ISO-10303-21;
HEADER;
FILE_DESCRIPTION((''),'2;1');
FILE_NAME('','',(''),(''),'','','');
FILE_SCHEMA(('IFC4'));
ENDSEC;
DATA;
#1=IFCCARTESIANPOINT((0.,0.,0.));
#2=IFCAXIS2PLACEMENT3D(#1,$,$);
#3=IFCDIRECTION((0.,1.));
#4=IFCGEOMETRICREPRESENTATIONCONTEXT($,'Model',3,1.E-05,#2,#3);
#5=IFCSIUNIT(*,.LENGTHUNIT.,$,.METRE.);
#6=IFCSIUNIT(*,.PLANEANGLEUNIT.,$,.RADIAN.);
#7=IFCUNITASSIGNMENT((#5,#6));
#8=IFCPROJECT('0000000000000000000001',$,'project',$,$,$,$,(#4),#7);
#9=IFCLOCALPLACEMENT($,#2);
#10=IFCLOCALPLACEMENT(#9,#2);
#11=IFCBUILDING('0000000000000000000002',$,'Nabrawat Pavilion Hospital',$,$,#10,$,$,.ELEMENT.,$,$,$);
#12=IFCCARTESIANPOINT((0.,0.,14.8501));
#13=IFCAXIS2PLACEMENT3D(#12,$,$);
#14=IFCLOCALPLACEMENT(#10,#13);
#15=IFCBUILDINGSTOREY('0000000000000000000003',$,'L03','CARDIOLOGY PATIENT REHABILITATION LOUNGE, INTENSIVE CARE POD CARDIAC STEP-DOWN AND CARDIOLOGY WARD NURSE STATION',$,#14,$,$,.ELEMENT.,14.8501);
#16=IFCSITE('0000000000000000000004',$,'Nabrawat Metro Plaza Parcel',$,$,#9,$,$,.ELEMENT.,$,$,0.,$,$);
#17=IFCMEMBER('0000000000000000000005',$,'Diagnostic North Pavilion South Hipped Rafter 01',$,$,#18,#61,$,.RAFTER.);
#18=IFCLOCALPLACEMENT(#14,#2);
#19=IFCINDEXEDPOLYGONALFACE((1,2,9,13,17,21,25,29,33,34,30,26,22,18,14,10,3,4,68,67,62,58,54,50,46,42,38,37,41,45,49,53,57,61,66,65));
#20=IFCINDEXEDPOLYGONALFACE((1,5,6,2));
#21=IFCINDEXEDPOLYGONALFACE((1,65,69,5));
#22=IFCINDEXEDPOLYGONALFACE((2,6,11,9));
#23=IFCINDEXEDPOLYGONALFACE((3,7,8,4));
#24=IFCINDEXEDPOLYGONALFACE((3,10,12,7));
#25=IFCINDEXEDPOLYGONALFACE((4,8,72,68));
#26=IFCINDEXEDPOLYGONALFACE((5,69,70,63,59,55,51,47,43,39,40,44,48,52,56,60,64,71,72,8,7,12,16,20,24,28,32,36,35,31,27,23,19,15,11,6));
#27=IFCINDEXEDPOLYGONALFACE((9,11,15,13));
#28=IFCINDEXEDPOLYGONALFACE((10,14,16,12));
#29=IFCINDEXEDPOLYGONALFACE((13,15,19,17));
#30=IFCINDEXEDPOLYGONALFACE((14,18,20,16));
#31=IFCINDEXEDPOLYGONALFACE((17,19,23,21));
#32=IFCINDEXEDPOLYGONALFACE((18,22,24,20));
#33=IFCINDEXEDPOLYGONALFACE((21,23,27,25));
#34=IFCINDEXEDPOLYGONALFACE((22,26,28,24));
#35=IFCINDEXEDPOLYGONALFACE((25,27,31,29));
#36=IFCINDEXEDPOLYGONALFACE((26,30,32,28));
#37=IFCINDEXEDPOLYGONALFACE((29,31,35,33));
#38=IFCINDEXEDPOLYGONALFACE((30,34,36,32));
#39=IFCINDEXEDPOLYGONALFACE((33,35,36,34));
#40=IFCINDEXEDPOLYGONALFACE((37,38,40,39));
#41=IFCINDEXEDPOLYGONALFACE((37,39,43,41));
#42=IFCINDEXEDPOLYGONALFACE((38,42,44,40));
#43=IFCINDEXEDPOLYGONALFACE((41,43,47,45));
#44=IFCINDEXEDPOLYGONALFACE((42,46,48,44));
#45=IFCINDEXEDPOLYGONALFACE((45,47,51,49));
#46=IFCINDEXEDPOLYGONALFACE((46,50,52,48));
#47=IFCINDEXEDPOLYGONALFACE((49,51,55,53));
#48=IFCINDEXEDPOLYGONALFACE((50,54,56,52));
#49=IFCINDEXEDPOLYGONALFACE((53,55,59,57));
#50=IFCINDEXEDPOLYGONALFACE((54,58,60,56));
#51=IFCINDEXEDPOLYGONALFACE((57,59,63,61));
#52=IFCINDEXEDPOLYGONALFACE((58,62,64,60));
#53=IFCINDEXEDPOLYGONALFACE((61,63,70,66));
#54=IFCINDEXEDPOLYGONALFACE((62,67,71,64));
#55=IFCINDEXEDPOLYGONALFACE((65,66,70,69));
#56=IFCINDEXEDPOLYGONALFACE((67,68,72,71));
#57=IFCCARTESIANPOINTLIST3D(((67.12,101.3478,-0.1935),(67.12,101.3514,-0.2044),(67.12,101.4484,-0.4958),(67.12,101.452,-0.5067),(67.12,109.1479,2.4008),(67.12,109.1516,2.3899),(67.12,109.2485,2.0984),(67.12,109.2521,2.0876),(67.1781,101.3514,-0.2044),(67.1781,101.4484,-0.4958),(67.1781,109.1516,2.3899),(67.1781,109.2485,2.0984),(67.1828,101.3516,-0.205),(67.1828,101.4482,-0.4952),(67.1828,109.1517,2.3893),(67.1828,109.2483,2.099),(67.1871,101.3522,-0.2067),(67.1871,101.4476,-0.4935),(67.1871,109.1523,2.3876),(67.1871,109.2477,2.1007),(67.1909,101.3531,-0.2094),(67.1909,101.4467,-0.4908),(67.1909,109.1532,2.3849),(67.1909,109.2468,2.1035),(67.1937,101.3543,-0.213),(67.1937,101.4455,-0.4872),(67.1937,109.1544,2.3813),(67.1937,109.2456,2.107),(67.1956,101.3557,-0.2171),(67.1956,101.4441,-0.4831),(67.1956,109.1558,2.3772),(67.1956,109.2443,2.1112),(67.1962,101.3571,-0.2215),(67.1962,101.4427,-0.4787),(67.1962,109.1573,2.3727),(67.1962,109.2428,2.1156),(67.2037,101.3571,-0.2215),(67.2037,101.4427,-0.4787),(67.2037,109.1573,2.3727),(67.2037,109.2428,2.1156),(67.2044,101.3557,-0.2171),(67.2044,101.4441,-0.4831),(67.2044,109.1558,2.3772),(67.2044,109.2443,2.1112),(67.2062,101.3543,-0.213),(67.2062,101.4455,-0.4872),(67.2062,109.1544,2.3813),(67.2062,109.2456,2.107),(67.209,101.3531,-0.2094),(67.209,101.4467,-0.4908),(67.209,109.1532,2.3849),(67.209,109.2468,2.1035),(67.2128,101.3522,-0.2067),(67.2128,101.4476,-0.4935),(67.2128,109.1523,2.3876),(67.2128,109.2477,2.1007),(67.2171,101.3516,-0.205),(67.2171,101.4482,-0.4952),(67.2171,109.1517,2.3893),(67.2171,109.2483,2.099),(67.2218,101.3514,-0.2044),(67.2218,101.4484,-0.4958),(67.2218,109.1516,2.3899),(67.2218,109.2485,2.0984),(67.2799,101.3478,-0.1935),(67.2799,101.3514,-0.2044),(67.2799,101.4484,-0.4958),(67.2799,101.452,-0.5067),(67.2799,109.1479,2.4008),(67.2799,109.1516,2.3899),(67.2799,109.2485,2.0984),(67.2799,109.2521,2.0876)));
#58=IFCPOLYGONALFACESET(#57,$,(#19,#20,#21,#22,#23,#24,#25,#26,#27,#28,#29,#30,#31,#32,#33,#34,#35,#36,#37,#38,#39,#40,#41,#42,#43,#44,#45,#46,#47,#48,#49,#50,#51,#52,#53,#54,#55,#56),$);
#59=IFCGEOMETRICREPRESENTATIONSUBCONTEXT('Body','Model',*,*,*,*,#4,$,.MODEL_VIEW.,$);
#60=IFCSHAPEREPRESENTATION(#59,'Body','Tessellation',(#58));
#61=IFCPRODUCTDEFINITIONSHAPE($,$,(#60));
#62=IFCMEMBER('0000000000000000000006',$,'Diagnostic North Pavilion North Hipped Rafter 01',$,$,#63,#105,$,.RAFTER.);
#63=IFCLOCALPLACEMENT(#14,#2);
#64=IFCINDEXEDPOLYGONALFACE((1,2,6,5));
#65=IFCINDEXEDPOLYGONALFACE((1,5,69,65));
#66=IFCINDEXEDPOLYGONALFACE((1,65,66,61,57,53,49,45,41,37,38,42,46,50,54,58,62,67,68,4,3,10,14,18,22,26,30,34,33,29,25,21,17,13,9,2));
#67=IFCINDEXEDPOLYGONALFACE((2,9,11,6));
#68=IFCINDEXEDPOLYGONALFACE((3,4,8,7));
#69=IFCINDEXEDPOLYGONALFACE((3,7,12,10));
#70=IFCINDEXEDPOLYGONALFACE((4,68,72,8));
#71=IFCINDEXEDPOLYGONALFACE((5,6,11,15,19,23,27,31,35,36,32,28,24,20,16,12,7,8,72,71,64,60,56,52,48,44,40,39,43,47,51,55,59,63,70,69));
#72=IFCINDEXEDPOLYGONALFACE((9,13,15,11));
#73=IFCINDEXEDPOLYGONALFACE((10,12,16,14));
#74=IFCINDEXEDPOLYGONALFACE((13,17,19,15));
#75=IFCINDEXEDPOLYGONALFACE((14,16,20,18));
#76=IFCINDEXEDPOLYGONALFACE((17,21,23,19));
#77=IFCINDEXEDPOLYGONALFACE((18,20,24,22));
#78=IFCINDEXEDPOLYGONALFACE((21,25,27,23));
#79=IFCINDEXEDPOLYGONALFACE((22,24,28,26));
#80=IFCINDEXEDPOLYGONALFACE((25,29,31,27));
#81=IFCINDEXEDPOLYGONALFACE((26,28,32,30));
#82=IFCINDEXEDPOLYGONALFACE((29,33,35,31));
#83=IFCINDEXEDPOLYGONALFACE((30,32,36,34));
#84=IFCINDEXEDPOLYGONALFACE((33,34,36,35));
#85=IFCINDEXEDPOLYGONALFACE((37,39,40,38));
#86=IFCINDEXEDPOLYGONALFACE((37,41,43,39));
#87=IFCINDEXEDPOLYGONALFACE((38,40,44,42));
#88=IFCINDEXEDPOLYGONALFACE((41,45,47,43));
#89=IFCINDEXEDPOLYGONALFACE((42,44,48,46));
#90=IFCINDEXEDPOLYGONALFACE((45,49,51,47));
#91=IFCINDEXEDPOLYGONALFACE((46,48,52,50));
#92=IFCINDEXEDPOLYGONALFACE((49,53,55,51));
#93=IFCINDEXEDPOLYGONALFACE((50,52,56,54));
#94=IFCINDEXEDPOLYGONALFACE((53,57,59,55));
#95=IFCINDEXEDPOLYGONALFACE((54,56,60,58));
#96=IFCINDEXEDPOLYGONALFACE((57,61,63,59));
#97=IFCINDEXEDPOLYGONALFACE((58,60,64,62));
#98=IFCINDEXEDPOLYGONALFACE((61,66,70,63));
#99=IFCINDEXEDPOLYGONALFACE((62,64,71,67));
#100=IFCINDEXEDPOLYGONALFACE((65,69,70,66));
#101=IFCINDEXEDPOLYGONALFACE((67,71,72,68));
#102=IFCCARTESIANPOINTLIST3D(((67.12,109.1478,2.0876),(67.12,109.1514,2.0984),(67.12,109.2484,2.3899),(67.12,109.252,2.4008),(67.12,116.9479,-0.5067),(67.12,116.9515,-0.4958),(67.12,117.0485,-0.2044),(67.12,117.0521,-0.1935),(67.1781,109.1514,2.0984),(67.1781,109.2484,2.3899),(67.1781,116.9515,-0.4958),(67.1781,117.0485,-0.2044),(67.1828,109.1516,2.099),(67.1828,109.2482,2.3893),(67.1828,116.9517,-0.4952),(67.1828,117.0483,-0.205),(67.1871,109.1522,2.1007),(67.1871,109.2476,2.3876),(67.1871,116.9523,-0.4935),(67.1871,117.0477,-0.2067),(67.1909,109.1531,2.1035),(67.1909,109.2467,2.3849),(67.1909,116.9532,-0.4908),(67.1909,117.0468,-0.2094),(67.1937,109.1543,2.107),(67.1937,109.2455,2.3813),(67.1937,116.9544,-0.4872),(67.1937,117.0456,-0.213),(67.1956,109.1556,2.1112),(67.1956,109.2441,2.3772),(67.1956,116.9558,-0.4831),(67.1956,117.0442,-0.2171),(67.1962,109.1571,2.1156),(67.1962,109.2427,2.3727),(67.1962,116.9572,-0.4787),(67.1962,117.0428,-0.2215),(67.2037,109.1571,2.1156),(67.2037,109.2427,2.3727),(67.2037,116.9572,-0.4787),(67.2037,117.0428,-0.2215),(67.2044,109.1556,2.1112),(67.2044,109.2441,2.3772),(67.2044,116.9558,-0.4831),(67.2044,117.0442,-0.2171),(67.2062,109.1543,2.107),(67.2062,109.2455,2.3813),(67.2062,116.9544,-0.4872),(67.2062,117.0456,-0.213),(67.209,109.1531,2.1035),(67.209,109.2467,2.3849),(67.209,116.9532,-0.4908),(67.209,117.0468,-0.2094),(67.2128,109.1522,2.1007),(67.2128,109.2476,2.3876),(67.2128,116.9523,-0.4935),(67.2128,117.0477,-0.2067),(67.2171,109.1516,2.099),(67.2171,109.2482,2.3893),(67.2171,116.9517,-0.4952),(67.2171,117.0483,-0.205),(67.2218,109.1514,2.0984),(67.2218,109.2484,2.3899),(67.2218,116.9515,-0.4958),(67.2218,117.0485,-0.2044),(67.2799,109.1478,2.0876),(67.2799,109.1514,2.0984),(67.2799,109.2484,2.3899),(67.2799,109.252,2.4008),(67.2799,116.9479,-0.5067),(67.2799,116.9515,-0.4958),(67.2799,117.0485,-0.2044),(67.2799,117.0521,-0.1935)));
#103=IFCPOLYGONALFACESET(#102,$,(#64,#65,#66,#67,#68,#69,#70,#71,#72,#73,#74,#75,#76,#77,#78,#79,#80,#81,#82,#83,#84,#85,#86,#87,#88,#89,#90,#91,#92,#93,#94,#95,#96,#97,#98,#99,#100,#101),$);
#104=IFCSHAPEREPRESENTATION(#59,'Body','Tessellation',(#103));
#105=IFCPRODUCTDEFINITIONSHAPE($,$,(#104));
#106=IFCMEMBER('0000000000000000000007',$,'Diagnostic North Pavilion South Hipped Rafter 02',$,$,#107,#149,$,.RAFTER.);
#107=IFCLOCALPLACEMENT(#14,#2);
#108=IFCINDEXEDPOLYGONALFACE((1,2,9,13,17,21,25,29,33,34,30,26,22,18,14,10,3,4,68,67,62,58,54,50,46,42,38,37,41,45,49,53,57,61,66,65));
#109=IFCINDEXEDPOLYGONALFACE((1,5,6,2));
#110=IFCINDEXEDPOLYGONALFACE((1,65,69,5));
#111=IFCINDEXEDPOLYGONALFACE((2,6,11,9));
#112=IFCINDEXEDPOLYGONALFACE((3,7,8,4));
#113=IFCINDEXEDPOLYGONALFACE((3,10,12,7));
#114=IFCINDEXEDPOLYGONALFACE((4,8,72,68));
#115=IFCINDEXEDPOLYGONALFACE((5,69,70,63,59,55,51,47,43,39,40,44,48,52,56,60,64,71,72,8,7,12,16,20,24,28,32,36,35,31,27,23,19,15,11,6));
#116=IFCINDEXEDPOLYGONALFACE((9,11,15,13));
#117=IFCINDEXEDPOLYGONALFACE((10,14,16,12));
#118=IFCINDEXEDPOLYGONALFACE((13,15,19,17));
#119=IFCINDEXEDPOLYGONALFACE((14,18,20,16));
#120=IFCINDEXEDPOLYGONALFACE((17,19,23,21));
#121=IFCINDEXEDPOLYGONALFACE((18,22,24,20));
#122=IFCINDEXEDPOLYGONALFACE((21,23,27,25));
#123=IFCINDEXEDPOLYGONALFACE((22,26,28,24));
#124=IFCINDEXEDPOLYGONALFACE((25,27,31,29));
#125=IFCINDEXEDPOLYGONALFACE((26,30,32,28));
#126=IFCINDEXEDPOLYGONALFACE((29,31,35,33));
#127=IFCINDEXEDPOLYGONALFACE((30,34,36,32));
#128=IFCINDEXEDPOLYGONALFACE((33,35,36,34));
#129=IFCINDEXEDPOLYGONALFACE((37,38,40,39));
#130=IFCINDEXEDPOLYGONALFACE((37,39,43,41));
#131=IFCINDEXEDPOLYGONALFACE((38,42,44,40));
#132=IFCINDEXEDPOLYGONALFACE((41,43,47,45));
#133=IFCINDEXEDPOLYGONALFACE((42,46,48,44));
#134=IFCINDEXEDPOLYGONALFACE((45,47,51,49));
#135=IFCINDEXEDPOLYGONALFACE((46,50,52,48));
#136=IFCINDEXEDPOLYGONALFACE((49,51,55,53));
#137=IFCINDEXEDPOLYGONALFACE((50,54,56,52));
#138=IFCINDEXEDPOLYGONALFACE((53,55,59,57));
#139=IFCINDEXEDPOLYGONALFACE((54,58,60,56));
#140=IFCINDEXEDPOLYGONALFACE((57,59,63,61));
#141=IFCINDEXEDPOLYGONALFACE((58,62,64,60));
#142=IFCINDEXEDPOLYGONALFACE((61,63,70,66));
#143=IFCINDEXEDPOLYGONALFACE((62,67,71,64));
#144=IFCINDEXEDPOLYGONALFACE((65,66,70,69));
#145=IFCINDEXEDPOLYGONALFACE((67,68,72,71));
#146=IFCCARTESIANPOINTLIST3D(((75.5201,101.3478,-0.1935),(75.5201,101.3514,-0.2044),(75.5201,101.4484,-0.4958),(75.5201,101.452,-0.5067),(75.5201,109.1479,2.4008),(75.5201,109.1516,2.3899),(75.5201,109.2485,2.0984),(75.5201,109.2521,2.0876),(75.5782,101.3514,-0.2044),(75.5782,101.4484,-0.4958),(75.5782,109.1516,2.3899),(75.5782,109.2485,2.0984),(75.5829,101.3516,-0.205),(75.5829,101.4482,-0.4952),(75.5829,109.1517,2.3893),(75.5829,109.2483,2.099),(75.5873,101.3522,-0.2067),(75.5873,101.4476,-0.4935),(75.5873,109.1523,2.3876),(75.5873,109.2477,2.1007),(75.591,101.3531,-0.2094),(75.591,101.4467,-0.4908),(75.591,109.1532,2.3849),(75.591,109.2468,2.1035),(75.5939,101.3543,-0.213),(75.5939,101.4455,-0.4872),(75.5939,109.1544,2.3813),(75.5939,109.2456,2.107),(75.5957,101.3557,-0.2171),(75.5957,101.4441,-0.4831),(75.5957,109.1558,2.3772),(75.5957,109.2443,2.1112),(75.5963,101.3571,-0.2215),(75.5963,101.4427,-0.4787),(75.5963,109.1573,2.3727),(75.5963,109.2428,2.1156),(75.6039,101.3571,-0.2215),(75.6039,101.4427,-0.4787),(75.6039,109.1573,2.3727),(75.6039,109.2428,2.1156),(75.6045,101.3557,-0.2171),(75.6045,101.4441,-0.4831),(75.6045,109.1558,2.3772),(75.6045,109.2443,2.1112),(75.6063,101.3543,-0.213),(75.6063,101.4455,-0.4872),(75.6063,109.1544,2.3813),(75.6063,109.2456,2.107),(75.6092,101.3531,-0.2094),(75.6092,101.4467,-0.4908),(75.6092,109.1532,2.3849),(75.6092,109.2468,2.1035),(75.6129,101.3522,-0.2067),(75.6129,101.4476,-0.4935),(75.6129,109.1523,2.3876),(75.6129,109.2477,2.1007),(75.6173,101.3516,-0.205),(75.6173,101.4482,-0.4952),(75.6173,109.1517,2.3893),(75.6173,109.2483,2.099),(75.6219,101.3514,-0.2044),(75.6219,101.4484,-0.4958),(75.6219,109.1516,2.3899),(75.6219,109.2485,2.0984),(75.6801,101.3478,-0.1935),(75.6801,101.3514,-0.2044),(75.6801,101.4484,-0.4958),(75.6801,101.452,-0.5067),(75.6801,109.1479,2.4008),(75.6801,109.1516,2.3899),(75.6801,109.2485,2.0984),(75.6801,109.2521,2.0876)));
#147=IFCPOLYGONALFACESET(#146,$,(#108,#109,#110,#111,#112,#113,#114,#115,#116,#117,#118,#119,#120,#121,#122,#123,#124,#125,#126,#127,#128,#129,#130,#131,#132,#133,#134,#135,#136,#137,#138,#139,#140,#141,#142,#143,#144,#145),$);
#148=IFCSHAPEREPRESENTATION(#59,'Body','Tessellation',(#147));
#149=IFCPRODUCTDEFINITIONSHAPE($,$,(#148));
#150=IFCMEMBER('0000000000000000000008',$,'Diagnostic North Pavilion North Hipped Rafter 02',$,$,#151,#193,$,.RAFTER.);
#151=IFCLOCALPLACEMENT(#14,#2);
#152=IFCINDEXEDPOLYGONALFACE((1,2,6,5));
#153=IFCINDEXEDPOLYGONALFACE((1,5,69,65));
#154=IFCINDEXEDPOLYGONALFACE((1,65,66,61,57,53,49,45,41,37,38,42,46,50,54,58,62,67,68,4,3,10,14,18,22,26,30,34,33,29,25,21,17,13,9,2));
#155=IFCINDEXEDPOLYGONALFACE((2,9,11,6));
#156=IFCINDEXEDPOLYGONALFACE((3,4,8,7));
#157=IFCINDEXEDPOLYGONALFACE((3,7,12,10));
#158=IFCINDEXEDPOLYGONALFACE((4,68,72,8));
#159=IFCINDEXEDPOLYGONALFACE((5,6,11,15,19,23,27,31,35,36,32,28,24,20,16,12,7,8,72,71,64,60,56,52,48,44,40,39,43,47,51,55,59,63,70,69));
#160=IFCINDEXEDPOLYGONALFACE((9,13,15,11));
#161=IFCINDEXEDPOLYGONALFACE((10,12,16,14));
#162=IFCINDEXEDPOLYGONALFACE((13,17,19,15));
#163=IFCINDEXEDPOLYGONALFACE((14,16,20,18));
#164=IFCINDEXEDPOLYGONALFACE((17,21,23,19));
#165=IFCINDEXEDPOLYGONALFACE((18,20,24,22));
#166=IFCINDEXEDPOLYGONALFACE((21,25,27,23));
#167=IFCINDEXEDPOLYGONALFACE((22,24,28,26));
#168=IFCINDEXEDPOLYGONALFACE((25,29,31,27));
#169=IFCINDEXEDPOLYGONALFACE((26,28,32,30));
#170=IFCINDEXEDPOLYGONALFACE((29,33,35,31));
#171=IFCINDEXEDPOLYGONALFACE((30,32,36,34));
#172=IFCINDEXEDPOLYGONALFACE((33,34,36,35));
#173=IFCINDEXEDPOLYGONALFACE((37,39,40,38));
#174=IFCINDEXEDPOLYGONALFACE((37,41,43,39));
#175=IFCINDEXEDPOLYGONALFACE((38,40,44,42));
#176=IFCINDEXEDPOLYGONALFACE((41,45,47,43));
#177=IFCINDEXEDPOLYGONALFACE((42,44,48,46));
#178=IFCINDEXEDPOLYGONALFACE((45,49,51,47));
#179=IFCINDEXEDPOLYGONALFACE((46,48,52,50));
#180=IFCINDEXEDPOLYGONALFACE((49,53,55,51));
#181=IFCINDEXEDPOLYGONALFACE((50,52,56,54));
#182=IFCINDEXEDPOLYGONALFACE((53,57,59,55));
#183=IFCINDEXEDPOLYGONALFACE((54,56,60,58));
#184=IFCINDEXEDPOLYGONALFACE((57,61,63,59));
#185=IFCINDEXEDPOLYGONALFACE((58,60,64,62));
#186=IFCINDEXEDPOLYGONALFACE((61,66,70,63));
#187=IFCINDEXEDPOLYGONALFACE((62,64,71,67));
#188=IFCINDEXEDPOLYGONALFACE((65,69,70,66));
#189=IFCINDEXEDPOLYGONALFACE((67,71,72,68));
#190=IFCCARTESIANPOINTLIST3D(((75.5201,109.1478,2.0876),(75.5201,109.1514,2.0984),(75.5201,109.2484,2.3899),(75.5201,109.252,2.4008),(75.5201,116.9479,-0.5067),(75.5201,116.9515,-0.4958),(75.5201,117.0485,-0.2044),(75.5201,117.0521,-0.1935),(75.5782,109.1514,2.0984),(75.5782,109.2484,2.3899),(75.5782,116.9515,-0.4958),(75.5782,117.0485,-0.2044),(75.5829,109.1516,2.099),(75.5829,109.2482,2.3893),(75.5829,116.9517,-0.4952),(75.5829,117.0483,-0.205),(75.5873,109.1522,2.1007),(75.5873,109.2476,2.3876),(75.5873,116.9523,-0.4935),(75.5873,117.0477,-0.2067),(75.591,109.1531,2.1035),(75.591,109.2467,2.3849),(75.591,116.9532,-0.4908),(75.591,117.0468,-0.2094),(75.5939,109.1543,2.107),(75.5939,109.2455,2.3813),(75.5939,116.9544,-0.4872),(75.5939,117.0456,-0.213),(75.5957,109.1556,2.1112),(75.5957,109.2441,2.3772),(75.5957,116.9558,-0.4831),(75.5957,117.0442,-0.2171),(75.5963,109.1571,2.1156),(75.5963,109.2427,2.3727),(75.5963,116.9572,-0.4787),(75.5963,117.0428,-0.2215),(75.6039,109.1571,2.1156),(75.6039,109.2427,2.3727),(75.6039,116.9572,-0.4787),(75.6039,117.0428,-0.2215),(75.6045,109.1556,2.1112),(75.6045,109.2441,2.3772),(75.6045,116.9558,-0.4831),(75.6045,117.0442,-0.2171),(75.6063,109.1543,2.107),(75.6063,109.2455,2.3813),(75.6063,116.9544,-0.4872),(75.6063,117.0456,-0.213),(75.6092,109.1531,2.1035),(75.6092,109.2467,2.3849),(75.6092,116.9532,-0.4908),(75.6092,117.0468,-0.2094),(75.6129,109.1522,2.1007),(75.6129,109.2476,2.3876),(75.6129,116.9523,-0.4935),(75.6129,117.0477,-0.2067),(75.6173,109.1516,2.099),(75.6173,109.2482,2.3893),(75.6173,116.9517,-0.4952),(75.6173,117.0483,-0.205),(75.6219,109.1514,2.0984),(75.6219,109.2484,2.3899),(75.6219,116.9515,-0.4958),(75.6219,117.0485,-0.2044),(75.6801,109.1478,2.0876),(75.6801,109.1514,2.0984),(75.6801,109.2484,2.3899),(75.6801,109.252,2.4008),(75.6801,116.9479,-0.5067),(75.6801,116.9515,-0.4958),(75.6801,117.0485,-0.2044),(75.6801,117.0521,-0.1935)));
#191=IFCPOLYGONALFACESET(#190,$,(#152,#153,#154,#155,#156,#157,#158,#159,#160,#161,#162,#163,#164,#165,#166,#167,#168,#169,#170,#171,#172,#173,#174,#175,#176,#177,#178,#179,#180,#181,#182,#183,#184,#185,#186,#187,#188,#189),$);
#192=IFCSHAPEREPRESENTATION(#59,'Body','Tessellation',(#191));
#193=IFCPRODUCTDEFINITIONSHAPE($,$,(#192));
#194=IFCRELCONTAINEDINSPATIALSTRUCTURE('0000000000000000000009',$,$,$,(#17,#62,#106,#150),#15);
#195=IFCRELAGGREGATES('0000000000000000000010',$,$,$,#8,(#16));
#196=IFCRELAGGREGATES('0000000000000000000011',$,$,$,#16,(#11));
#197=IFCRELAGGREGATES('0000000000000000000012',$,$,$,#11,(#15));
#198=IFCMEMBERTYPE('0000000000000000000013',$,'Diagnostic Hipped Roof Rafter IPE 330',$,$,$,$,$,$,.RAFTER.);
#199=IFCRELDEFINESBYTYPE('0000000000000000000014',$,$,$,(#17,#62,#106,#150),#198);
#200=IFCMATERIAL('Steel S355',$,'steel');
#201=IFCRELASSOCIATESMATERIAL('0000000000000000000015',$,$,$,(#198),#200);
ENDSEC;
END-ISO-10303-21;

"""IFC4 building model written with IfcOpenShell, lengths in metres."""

from ifc_helpers import new_model, si_unit, direction, frame, origin, origin_2d, place, context, subcontext, project, spatial, i_section, extrude, material, material_profile, profile_set, type_object, element, save


model = new_model("IFC4")

# Units and contexts
model_context = context("Model", 3, precision=1e-05, world=origin(), true_north=direction((0.0, 1.0)))
body_context = subcontext(model_context, "Body", "Model", "MODEL_VIEW")
ifc_project = project(units=[si_unit("LENGTHUNIT", "METRE"), si_unit("PLANEANGLEUNIT", "RADIAN")], contexts=[model_context])

# Site, building, storey
site_placement = place(None, origin())
site = spatial("IfcSite", under=ifc_project, at=site_placement, Name="Nabrawat Metro Plaza Parcel", CompositionType="ELEMENT", RefElevation=0.0)
building_placement = place(site_placement, origin())
building = spatial("IfcBuilding", under=site, at=building_placement, Name="Nabrawat Pavilion Hospital", CompositionType="ELEMENT")
storey_placement = place(building_placement, frame((0.0, 0.0, 14.8501)))
storey = spatial("IfcBuildingStorey", under=building, at=storey_placement, Name="L03", Description="CARDIOLOGY PATIENT REHABILITATION LOUNGE, INTENSIVE CARE POD CARDIAC STEP-DOWN AND CARDIOLOGY WARD NURSE STATION", CompositionType="ELEMENT", Elevation=14.8501)

# Shared definitions
ifc_material_1 = material(Name="Steel S355", Category="steel")

# Members
ifc_material_profile_1 = material_profile(ifc_material_1, i_section(OverallWidth=0.1599, OverallDepth=0.3301, WebThickness=0.0076, FlangeThickness=0.0115, FilletRadius=0.0181, at=origin_2d()), Name="IPE 330")
ifc_profile_set_1 = profile_set([ifc_material_profile_1], Name="Steel S355")
member_type_1 = type_object("IfcMemberType", Name="Diagnostic Hipped Roof Rafter IPE 330", PredefinedType="RAFTER", material=ifc_profile_set_1)
for number, where, z_axis, x_axis, name in (
    (1, (67.2, 101.3999, -0.3501), (0.0, 0.948894, 0.315595), (-1.0, 0.0, 0.0), "Diagnostic North Pavilion South Hipped Rafter 01"),
    (2, (67.2, 117.0, -0.3501), (0.0, -0.948894, 0.315595), (1.0, 0.0, 0.0), "Diagnostic North Pavilion North Hipped Rafter 01"),
    (3, (75.6001, 101.3999, -0.3501), (0.0, 0.948894, 0.315595), (-1.0, 0.0, 0.0), "Diagnostic North Pavilion South Hipped Rafter 02"),
    (4, (75.6001, 117.0, -0.3501), (0.0, -0.948894, 0.315595), (1.0, 0.0, 0.0), "Diagnostic North Pavilion North Hipped Rafter 02"),
):
    element("IfcMember", number, at=place(storey_placement, frame(where, z_axis=z_axis, x_axis=x_axis)), inside=storey, type_object=member_type_1, Name=name, PredefinedType="RAFTER", context=body_context, shape_type="SweptSolid", body=[
        extrude(i_section(OverallWidth=0.1599, OverallDepth=0.3301, WebThickness=0.0076, FlangeThickness=0.0115, FilletRadius=0.0181, at=origin_2d()), origin(), (0.0, 0.0, 1.0), 8.2202),
    ])

save(model, "model.ifc")
